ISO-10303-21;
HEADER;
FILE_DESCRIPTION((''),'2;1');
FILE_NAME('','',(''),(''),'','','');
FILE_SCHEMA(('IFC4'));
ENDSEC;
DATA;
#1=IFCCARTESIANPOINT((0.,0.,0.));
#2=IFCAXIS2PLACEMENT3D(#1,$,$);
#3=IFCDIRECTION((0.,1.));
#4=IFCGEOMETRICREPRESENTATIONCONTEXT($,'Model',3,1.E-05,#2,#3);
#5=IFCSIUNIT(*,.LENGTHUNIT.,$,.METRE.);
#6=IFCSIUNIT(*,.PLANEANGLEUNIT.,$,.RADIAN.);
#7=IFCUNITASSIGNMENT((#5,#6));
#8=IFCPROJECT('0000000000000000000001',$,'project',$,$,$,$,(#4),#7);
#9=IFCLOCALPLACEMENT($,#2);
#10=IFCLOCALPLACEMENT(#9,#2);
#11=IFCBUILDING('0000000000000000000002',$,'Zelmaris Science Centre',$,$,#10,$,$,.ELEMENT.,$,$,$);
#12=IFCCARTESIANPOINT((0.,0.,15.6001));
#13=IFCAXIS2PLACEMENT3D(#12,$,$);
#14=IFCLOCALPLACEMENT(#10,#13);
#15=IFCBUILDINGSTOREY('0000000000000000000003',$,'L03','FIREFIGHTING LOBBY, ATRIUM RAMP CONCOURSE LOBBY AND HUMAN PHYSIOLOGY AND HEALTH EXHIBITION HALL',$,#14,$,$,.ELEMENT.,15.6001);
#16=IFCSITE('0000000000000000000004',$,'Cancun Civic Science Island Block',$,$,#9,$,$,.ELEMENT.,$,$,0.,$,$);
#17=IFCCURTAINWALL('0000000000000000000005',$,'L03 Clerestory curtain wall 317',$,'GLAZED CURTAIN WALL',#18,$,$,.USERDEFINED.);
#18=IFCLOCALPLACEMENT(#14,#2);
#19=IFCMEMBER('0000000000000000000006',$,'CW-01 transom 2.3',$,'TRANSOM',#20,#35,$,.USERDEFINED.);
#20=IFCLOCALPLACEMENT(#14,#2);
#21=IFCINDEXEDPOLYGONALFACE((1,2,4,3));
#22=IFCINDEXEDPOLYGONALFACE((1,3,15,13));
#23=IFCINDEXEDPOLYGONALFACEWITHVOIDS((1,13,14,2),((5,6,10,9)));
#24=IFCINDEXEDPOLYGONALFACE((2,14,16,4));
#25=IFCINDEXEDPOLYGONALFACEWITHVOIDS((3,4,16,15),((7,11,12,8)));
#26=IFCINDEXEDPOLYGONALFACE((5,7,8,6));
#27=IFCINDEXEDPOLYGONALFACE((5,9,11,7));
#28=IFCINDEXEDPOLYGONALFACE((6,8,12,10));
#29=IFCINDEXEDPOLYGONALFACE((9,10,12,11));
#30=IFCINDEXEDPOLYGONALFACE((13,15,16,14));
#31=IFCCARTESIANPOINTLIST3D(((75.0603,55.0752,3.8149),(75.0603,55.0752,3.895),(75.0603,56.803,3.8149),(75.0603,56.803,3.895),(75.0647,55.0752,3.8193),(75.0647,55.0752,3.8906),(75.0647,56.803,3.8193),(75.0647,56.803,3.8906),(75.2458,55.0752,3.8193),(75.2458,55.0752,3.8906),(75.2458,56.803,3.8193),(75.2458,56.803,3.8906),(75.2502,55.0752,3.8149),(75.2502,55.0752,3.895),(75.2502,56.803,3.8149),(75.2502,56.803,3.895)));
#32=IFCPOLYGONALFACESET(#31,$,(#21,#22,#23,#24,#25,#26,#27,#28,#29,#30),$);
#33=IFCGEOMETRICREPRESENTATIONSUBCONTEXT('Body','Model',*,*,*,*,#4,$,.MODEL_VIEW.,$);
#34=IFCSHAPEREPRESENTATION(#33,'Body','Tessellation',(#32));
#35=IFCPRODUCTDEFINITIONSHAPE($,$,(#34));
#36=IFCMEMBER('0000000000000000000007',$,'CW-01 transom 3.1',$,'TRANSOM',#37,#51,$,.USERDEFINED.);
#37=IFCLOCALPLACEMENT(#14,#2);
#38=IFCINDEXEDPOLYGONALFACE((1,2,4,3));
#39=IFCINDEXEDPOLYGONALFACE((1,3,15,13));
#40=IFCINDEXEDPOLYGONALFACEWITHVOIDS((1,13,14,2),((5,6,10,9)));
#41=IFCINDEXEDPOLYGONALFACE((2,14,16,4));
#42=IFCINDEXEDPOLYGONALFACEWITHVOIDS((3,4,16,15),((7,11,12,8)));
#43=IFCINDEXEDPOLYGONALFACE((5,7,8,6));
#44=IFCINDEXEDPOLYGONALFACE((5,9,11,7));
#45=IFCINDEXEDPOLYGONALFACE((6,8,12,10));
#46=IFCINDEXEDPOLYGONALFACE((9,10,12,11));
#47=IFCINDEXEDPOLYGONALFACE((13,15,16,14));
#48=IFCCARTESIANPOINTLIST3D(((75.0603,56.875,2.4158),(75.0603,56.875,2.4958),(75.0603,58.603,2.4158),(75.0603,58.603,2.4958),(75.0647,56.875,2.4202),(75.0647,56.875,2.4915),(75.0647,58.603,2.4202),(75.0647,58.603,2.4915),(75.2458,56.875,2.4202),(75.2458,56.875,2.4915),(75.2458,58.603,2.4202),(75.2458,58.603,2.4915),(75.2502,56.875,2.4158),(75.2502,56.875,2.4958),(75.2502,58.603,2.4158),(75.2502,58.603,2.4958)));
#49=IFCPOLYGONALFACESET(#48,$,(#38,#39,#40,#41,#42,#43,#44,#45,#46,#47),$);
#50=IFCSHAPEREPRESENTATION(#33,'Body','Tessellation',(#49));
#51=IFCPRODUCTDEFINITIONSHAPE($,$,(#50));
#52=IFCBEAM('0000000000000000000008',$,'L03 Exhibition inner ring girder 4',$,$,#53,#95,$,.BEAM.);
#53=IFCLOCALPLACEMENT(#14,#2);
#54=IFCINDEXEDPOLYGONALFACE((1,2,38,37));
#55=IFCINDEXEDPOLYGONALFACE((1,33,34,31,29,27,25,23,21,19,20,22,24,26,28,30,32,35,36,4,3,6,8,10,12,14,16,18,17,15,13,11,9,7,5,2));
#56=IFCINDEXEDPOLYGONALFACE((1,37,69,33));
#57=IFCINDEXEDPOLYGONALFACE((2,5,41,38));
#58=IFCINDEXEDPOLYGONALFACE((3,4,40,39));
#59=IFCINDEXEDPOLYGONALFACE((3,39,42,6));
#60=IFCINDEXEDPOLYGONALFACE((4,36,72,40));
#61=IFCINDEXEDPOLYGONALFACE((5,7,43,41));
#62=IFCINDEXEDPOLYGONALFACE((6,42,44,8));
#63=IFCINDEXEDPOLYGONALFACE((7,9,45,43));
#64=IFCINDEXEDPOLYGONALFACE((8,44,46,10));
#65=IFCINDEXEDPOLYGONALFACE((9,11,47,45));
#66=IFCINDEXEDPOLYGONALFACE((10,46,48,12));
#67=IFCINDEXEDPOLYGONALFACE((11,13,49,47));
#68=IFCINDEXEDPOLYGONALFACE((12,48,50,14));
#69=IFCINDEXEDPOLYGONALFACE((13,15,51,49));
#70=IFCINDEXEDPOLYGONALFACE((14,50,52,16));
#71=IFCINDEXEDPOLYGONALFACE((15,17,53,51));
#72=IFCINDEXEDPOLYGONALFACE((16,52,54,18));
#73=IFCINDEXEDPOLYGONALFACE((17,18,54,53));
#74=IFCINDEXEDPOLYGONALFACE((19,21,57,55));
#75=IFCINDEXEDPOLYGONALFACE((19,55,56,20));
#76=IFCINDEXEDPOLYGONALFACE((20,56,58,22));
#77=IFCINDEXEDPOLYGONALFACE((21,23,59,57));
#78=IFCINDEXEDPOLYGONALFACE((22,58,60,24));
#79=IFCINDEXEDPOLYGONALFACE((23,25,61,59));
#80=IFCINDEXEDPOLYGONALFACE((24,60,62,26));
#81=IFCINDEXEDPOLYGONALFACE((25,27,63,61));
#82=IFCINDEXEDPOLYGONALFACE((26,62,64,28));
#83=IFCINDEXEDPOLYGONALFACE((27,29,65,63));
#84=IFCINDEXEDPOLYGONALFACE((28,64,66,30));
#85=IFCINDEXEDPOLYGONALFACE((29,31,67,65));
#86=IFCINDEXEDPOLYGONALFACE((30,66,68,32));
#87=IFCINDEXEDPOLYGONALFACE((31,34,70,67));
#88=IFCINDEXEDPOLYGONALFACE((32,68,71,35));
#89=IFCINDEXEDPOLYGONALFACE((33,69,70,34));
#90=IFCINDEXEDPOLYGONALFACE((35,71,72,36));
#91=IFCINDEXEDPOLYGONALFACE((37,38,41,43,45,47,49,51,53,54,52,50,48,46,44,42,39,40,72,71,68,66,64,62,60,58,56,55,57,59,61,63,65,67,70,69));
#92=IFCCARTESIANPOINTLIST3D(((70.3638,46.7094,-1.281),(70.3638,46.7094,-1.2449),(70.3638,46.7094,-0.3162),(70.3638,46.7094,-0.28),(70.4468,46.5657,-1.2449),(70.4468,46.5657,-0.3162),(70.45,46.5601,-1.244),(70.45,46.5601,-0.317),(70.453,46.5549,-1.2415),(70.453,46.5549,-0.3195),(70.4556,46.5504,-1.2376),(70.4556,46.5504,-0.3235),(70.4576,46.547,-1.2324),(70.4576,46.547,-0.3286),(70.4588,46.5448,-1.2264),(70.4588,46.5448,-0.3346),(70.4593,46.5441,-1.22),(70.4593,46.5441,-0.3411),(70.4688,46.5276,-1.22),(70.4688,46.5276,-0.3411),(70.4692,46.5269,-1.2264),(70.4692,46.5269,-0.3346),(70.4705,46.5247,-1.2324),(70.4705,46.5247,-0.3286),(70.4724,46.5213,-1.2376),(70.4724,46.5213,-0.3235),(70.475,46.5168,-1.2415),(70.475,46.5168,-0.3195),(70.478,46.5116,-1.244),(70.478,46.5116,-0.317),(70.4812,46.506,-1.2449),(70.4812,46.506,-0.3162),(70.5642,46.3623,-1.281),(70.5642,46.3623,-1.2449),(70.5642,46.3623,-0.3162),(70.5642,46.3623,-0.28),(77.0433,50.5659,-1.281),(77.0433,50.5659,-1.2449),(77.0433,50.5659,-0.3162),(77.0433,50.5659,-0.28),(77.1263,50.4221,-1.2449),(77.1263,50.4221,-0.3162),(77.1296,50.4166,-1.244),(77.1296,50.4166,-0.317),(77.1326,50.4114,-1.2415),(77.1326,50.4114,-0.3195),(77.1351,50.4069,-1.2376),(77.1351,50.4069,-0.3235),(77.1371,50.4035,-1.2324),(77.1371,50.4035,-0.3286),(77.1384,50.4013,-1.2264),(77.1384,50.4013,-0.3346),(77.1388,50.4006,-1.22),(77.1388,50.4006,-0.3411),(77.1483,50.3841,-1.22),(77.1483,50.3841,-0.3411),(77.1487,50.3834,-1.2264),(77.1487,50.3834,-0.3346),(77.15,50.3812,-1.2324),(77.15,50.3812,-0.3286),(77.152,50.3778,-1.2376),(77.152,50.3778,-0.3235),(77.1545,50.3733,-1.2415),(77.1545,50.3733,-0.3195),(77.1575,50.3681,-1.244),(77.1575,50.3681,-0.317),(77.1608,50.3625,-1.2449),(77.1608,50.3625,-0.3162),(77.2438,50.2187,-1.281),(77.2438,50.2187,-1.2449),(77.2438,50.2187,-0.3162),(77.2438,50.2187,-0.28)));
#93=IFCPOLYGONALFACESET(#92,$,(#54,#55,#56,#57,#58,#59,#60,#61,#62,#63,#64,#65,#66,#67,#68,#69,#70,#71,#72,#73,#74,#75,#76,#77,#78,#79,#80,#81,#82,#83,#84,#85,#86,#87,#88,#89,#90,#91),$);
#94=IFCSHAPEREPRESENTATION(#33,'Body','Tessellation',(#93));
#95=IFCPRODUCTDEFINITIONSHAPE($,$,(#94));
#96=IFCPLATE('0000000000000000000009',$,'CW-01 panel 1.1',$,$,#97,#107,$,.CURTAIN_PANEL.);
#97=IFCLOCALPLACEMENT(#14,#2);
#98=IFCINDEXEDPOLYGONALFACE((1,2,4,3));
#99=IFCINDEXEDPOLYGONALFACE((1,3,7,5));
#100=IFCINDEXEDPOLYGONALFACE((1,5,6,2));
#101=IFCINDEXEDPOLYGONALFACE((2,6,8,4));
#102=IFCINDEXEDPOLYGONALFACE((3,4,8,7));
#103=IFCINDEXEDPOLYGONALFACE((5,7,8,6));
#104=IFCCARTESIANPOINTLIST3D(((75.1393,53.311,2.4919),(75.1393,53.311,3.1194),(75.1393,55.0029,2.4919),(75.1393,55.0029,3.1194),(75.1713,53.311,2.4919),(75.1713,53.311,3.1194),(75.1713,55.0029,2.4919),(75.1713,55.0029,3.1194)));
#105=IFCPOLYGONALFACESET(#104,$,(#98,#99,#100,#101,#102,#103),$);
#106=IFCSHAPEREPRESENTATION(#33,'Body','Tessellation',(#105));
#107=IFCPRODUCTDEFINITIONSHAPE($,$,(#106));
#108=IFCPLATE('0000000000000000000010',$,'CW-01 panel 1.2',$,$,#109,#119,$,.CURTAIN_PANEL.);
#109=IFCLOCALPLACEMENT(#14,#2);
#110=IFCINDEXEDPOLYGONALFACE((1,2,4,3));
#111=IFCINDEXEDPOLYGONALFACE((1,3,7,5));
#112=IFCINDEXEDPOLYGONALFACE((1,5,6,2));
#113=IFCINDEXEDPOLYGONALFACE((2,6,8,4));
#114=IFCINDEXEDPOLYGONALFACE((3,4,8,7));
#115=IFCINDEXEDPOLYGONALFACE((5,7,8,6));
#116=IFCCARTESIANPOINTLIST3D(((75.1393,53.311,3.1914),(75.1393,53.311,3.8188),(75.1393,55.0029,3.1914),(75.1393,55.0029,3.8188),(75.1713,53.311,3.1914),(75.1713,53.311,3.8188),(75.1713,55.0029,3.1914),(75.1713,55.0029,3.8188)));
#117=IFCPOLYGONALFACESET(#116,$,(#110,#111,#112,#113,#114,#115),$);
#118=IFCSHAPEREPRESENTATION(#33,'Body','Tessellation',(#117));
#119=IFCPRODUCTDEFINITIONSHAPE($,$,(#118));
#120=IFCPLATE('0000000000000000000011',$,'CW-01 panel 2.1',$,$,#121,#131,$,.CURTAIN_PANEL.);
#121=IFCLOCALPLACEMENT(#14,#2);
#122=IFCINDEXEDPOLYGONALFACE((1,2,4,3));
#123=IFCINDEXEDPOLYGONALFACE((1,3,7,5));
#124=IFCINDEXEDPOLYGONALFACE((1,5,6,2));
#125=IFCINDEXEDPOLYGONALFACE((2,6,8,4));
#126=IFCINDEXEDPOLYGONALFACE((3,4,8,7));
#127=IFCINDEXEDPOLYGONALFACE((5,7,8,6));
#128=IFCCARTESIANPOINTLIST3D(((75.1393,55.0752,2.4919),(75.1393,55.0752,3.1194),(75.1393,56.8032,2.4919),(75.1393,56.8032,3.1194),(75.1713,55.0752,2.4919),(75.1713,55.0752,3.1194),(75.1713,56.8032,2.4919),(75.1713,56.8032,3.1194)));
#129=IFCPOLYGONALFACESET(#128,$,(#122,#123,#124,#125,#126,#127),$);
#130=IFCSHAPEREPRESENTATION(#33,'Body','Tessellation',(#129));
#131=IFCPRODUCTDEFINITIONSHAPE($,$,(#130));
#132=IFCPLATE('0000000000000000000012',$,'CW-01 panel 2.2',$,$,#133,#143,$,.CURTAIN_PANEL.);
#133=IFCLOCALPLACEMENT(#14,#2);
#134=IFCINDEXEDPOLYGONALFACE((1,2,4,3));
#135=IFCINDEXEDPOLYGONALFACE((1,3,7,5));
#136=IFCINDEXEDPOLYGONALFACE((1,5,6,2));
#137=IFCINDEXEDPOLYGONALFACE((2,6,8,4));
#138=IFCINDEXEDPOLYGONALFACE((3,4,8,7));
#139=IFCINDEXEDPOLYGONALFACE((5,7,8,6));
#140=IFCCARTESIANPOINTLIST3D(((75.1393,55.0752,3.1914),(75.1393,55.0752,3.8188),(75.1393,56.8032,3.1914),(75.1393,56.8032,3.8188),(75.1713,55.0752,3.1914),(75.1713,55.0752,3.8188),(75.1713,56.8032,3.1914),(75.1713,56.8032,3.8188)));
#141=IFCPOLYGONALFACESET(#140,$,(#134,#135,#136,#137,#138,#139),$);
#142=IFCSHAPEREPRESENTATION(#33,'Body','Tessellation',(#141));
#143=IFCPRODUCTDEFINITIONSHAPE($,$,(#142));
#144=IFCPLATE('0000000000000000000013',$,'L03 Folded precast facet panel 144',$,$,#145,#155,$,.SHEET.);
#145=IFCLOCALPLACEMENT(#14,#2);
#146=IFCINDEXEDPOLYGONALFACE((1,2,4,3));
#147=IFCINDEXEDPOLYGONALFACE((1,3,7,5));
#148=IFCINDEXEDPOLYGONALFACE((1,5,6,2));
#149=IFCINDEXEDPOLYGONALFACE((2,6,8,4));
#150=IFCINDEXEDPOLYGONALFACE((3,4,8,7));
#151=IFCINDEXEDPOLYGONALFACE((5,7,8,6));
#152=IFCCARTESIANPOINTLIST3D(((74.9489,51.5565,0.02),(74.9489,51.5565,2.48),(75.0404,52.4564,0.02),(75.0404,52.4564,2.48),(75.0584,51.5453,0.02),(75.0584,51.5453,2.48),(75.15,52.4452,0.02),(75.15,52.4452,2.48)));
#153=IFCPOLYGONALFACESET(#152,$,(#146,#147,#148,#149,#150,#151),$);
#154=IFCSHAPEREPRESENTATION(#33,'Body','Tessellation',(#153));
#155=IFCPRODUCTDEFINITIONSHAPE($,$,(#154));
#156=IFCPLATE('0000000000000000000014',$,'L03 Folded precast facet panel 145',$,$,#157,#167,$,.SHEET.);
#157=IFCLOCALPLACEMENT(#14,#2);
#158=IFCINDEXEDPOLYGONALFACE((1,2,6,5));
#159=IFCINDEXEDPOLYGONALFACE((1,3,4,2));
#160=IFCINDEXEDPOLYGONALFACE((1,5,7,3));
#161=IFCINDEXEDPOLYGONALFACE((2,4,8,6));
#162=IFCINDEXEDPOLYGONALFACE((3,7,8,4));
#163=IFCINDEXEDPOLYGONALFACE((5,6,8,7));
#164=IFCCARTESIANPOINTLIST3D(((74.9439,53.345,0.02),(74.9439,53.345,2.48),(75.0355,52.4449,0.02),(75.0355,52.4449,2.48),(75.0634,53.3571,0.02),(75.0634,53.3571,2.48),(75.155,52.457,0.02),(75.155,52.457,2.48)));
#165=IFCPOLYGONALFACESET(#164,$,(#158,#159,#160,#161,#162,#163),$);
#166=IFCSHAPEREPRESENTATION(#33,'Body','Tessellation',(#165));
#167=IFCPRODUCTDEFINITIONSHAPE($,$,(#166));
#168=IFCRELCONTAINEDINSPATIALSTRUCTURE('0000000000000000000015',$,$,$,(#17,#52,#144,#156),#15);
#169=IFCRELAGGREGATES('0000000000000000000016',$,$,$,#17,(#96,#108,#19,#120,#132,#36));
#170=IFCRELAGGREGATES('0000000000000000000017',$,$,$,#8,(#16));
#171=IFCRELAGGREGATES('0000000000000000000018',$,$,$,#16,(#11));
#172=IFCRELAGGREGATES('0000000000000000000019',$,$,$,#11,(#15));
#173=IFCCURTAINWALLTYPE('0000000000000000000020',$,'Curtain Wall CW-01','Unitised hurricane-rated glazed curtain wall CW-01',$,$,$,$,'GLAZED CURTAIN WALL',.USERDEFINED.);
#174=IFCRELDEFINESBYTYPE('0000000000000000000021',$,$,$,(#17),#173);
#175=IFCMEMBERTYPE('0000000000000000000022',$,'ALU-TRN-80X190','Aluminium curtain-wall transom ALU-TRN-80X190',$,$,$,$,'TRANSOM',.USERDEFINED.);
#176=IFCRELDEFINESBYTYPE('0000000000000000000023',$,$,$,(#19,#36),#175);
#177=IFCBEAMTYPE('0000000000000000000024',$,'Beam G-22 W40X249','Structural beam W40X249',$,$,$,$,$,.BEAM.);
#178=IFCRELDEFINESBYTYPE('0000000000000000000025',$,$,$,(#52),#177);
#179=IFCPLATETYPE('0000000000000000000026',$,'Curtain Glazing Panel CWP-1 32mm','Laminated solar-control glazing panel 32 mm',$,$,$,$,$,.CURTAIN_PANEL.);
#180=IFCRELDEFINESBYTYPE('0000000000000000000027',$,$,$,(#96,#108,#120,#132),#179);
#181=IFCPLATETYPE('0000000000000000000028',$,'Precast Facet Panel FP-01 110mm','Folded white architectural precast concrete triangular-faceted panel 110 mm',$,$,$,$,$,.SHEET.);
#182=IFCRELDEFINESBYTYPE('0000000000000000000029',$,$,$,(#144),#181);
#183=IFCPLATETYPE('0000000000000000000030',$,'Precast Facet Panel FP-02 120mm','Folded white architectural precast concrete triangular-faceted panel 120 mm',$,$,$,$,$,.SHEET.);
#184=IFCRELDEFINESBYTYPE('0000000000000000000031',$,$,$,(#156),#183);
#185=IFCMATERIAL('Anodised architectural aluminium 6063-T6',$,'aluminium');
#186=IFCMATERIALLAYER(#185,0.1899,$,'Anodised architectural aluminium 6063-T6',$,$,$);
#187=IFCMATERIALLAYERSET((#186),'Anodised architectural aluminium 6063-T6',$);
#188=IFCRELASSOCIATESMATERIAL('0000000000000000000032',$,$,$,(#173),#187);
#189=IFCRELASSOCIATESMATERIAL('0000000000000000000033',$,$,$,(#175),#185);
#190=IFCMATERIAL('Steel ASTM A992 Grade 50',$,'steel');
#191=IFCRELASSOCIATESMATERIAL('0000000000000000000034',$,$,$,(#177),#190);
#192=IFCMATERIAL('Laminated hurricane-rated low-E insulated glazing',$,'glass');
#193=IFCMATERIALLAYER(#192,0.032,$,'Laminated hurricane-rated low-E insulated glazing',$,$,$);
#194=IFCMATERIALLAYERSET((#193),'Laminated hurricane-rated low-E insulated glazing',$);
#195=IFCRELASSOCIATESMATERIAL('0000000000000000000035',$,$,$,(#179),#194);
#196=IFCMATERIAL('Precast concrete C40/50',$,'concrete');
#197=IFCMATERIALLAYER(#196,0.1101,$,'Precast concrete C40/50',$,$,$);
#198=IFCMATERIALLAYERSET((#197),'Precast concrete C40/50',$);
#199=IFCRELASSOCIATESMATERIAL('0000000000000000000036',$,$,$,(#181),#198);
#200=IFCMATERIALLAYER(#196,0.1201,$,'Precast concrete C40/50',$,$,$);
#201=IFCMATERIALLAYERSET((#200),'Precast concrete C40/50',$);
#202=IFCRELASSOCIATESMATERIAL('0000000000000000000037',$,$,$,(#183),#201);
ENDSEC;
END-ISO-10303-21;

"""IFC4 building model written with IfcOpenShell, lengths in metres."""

from ifc_helpers import new_model, si_unit, direction, frame, frame_2d, origin, origin_2d, place, context, subcontext, project, spatial, rectangle, hollow_rectangle, i_section, extrude, material, layer, layer_set, material_profile, profile_set, type_object, element, aggregate, save


model = new_model("IFC4")

# Units and contexts
model_context = context("Model", 3, precision=1e-05, world=origin(), true_north=direction((0.0, 1.0)))
body_context = subcontext(model_context, "Body", "Model", "MODEL_VIEW")
ifc_project = project(units=[si_unit("LENGTHUNIT", "METRE"), si_unit("PLANEANGLEUNIT", "RADIAN")], contexts=[model_context])

# Site, building, storey
site_placement = place(None, origin())
site = spatial("IfcSite", under=ifc_project, at=site_placement, Name="Cancun Civic Science Island Block", CompositionType="ELEMENT", RefElevation=0.0)
building_placement = place(site_placement, origin())
building = spatial("IfcBuilding", under=site, at=building_placement, Name="Zelmaris Science Centre", CompositionType="ELEMENT")
storey_placement = place(building_placement, frame((0.0, 0.0, 15.6001)))
storey = spatial("IfcBuildingStorey", under=building, at=storey_placement, Name="L03", Description="FIREFIGHTING LOBBY, ATRIUM RAMP CONCOURSE LOBBY AND HUMAN PHYSIOLOGY AND HEALTH EXHIBITION HALL", CompositionType="ELEMENT", Elevation=15.6001)

# Shared definitions
ifc_material_1 = material(Name="Steel ASTM A992 Grade 50", Category="steel")

# Curtain wall, members
ifc_material_2 = material(Name="Anodised architectural aluminium 6063-T6", Category="aluminium")
ifc_layer_1 = layer(ifc_material_2, 0.1899, Name="Anodised architectural aluminium 6063-T6")
ifc_layer_set_1 = layer_set([ifc_layer_1], Name="Anodised architectural aluminium 6063-T6")
curtain_wall_type = type_object("IfcCurtainWallType", Name="Curtain Wall CW-01", Description="Unitised hurricane-rated glazed curtain wall CW-01", ElementType="GLAZED CURTAIN WALL", PredefinedType="USERDEFINED", material=ifc_layer_set_1)
curtain_wall_placement = place(storey_placement, origin())
curtain_wall = element("IfcCurtainWall", 1, at=curtain_wall_placement, inside=storey, type_object=curtain_wall_type, Name="L03 Clerestory curtain wall 317", ObjectType="GLAZED CURTAIN WALL", PredefinedType="USERDEFINED")
ifc_material_profile_1 = material_profile(ifc_material_2, hollow_rectangle(XDim=0.0801, YDim=0.1899, WallThickness=0.0044, at=origin_2d()), Name="ALU-TRN-80X190")
ifc_profile_set_1 = profile_set([ifc_material_profile_1], Name="Anodised architectural aluminium 6063-T6")
member_type_1 = type_object("IfcMemberType", Name="ALU-TRN-80X190", Description="Aluminium curtain-wall transom ALU-TRN-80X190", ElementType="TRANSOM", PredefinedType="USERDEFINED", material=ifc_profile_set_1)
member_1_placement = place(storey_placement, frame((75.1553, 55.0752, 3.855), z_axis=(0.0, 1.0, 0.0), x_axis=(0.0, 0.0, 1.0)))
member_1 = element("IfcMember", 2, at=member_1_placement, type_object=member_type_1, Name="CW-01 transom 2.3", ObjectType="TRANSOM", PredefinedType="USERDEFINED", context=body_context, shape_type="SweptSolid", body=[
    extrude(hollow_rectangle(XDim=0.0801, YDim=0.1899, WallThickness=0.0044, at=origin_2d()), origin(), (0.0, 0.0, 1.0), 1.7278),
])
member_2_placement = place(storey_placement, frame((75.1553, 56.875, 2.4558), z_axis=(0.0, 1.0, 0.0), x_axis=(0.0, 0.0, 1.0)))
member_2 = element("IfcMember", 3, at=member_2_placement, type_object=member_type_1, Name="CW-01 transom 3.1", ObjectType="TRANSOM", PredefinedType="USERDEFINED", context=body_context, shape_type="SweptSolid", body=[
    extrude(hollow_rectangle(XDim=0.0801, YDim=0.1899, WallThickness=0.0044, at=origin_2d()), origin(), (0.0, 0.0, 1.0), 1.728),
])

# Beam
ifc_material_profile_2 = material_profile(ifc_material_1, i_section(OverallWidth=0.4009, OverallDepth=1.001, WebThickness=0.019, FlangeThickness=0.0361, FilletRadius=0.0249, at=origin_2d()), Name="W40X249")
ifc_profile_set_2 = profile_set([ifc_material_profile_2], Name="Steel ASTM A992 Grade 50")
beam_type = type_object("IfcBeamType", Name="Beam G-22 W40X249", Description="Structural beam W40X249", PredefinedType="BEAM", material=ifc_profile_set_2)
beam_placement = place(storey_placement, frame((77.1436, 50.3923, -0.7805), z_axis=(-0.866022, -0.500007, 0.0), x_axis=(0.500007, -0.866022, 0.0)))
element("IfcBeam", 4, at=beam_placement, inside=storey, type_object=beam_type, Name="L03 Exhibition inner ring girder 4", PredefinedType="BEAM", context=body_context, shape_type="SweptSolid", body=[
    extrude(i_section(OverallWidth=0.4009, OverallDepth=1.001, WebThickness=0.019, FlangeThickness=0.0361, FilletRadius=0.0249, at=origin_2d()), origin(), (0.0, 0.0, 1.0), 7.7129),
])

# Plates
ifc_material_3 = material(Name="Laminated hurricane-rated low-E insulated glazing", Category="glass")
ifc_layer_2 = layer(ifc_material_3, 0.032, Name="Laminated hurricane-rated low-E insulated glazing")
ifc_layer_set_2 = layer_set([ifc_layer_2], Name="Laminated hurricane-rated low-E insulated glazing")
plate_type_1 = type_object("IfcPlateType", Name="Curtain Glazing Panel CWP-1 32mm", Description="Laminated solar-control glazing panel 32 mm", PredefinedType="CURTAIN_PANEL", material=ifc_layer_set_2)
plate_1_placement = place(storey_placement, frame((75.1553, 54.157, 2.4919), z_axis=(0.0, 0.0, 1.0), x_axis=(0.000009, 1.0, 0.0)))
plate_1 = element("IfcPlate", 5, at=plate_1_placement, type_object=plate_type_1, Name="CW-01 panel 1.1", PredefinedType="CURTAIN_PANEL", context=body_context, shape_type="SweptSolid", body=[
    extrude(rectangle(XDim=1.6919, YDim=0.032, at=origin_2d()), origin(), (0.0, 0.0, 1.0), 0.6274),
])
plate_2_placement = place(storey_placement, frame((75.1553, 54.157, 3.1914), z_axis=(0.0, 0.0, 1.0), x_axis=(0.000009, 1.0, 0.0)))
plate_2 = element("IfcPlate", 6, at=plate_2_placement, type_object=plate_type_1, Name="CW-01 panel 1.2", PredefinedType="CURTAIN_PANEL", context=body_context, shape_type="SweptSolid", body=[
    extrude(rectangle(XDim=1.6919, YDim=0.032, at=origin_2d()), origin(), (0.0, 0.0, 1.0), 0.6274),
])
plate_3_placement = place(storey_placement, frame((75.1553, 55.9392, 2.4919), z_axis=(0.0, 0.0, 1.0), x_axis=(0.000009, 1.0, 0.0)))
plate_3 = element("IfcPlate", 7, at=plate_3_placement, type_object=plate_type_1, Name="CW-01 panel 2.1", PredefinedType="CURTAIN_PANEL", context=body_context, shape_type="SweptSolid", body=[
    extrude(rectangle(XDim=1.728, YDim=0.032, at=origin_2d()), origin(), (0.0, 0.0, 1.0), 0.6274),
])
plate_4_placement = place(storey_placement, frame((75.1553, 55.9392, 3.1914), z_axis=(0.0, 0.0, 1.0), x_axis=(0.000009, 1.0, 0.0)))
plate_4 = element("IfcPlate", 8, at=plate_4_placement, type_object=plate_type_1, Name="CW-01 panel 2.2", PredefinedType="CURTAIN_PANEL", context=body_context, shape_type="SweptSolid", body=[
    extrude(rectangle(XDim=1.728, YDim=0.032, at=origin_2d()), origin(), (0.0, 0.0, 1.0), 0.6274),
])
aggregate(curtain_wall, [plate_1, plate_2, member_1, plate_3, plate_4, member_2])

# Plates
ifc_material_4 = material(Name="Precast concrete C40/50", Category="concrete")
ifc_layer_3 = layer(ifc_material_4, 0.1101, Name="Precast concrete C40/50")
ifc_layer_set_3 = layer_set([ifc_layer_3], Name="Precast concrete C40/50")
plate_type_2 = type_object("IfcPlateType", Name="Precast Facet Panel FP-01 110mm", Description="Folded white architectural precast concrete triangular-faceted panel 110 mm", PredefinedType="SHEET", material=ifc_layer_set_3)
plate_5_placement = place(storey_placement, frame((75.0037, 51.551, 0.02), z_axis=(0.0, 0.0, 1.0), x_axis=(0.101214, 0.994865, 0.0)))
element("IfcPlate", 9, at=plate_5_placement, inside=storey, type_object=plate_type_2, Name="L03 Folded precast facet panel 144", PredefinedType="SHEET", context=body_context, shape_type="SweptSolid", body=[
    extrude(rectangle(XDim=0.9045, YDim=0.1101, at=frame_2d((0.4521, 0.0))), origin(), (0.0, 0.0, 1.0), 2.46),
])
ifc_layer_4 = layer(ifc_material_4, 0.1201, Name="Precast concrete C40/50")
ifc_layer_set_4 = layer_set([ifc_layer_4], Name="Precast concrete C40/50")
plate_type_3 = type_object("IfcPlateType", Name="Precast Facet Panel FP-02 120mm", Description="Folded white architectural precast concrete triangular-faceted panel 120 mm", PredefinedType="SHEET", material=ifc_layer_set_4)
plate_6_placement = place(storey_placement, frame((75.0952, 52.4509, 0.02), z_axis=(0.0, 0.0, 1.0), x_axis=(-0.101187, 0.994867, 0.0)))
element("IfcPlate", 10, at=plate_6_placement, inside=storey, type_object=plate_type_3, Name="L03 Folded precast facet panel 145", PredefinedType="SHEET", context=body_context, shape_type="SweptSolid", body=[
    extrude(rectangle(XDim=0.9048, YDim=0.1201, at=frame_2d((0.4524, 0.0))), origin(), (0.0, 0.0, 1.0), 2.46),
])

save(model, "model.ifc")
